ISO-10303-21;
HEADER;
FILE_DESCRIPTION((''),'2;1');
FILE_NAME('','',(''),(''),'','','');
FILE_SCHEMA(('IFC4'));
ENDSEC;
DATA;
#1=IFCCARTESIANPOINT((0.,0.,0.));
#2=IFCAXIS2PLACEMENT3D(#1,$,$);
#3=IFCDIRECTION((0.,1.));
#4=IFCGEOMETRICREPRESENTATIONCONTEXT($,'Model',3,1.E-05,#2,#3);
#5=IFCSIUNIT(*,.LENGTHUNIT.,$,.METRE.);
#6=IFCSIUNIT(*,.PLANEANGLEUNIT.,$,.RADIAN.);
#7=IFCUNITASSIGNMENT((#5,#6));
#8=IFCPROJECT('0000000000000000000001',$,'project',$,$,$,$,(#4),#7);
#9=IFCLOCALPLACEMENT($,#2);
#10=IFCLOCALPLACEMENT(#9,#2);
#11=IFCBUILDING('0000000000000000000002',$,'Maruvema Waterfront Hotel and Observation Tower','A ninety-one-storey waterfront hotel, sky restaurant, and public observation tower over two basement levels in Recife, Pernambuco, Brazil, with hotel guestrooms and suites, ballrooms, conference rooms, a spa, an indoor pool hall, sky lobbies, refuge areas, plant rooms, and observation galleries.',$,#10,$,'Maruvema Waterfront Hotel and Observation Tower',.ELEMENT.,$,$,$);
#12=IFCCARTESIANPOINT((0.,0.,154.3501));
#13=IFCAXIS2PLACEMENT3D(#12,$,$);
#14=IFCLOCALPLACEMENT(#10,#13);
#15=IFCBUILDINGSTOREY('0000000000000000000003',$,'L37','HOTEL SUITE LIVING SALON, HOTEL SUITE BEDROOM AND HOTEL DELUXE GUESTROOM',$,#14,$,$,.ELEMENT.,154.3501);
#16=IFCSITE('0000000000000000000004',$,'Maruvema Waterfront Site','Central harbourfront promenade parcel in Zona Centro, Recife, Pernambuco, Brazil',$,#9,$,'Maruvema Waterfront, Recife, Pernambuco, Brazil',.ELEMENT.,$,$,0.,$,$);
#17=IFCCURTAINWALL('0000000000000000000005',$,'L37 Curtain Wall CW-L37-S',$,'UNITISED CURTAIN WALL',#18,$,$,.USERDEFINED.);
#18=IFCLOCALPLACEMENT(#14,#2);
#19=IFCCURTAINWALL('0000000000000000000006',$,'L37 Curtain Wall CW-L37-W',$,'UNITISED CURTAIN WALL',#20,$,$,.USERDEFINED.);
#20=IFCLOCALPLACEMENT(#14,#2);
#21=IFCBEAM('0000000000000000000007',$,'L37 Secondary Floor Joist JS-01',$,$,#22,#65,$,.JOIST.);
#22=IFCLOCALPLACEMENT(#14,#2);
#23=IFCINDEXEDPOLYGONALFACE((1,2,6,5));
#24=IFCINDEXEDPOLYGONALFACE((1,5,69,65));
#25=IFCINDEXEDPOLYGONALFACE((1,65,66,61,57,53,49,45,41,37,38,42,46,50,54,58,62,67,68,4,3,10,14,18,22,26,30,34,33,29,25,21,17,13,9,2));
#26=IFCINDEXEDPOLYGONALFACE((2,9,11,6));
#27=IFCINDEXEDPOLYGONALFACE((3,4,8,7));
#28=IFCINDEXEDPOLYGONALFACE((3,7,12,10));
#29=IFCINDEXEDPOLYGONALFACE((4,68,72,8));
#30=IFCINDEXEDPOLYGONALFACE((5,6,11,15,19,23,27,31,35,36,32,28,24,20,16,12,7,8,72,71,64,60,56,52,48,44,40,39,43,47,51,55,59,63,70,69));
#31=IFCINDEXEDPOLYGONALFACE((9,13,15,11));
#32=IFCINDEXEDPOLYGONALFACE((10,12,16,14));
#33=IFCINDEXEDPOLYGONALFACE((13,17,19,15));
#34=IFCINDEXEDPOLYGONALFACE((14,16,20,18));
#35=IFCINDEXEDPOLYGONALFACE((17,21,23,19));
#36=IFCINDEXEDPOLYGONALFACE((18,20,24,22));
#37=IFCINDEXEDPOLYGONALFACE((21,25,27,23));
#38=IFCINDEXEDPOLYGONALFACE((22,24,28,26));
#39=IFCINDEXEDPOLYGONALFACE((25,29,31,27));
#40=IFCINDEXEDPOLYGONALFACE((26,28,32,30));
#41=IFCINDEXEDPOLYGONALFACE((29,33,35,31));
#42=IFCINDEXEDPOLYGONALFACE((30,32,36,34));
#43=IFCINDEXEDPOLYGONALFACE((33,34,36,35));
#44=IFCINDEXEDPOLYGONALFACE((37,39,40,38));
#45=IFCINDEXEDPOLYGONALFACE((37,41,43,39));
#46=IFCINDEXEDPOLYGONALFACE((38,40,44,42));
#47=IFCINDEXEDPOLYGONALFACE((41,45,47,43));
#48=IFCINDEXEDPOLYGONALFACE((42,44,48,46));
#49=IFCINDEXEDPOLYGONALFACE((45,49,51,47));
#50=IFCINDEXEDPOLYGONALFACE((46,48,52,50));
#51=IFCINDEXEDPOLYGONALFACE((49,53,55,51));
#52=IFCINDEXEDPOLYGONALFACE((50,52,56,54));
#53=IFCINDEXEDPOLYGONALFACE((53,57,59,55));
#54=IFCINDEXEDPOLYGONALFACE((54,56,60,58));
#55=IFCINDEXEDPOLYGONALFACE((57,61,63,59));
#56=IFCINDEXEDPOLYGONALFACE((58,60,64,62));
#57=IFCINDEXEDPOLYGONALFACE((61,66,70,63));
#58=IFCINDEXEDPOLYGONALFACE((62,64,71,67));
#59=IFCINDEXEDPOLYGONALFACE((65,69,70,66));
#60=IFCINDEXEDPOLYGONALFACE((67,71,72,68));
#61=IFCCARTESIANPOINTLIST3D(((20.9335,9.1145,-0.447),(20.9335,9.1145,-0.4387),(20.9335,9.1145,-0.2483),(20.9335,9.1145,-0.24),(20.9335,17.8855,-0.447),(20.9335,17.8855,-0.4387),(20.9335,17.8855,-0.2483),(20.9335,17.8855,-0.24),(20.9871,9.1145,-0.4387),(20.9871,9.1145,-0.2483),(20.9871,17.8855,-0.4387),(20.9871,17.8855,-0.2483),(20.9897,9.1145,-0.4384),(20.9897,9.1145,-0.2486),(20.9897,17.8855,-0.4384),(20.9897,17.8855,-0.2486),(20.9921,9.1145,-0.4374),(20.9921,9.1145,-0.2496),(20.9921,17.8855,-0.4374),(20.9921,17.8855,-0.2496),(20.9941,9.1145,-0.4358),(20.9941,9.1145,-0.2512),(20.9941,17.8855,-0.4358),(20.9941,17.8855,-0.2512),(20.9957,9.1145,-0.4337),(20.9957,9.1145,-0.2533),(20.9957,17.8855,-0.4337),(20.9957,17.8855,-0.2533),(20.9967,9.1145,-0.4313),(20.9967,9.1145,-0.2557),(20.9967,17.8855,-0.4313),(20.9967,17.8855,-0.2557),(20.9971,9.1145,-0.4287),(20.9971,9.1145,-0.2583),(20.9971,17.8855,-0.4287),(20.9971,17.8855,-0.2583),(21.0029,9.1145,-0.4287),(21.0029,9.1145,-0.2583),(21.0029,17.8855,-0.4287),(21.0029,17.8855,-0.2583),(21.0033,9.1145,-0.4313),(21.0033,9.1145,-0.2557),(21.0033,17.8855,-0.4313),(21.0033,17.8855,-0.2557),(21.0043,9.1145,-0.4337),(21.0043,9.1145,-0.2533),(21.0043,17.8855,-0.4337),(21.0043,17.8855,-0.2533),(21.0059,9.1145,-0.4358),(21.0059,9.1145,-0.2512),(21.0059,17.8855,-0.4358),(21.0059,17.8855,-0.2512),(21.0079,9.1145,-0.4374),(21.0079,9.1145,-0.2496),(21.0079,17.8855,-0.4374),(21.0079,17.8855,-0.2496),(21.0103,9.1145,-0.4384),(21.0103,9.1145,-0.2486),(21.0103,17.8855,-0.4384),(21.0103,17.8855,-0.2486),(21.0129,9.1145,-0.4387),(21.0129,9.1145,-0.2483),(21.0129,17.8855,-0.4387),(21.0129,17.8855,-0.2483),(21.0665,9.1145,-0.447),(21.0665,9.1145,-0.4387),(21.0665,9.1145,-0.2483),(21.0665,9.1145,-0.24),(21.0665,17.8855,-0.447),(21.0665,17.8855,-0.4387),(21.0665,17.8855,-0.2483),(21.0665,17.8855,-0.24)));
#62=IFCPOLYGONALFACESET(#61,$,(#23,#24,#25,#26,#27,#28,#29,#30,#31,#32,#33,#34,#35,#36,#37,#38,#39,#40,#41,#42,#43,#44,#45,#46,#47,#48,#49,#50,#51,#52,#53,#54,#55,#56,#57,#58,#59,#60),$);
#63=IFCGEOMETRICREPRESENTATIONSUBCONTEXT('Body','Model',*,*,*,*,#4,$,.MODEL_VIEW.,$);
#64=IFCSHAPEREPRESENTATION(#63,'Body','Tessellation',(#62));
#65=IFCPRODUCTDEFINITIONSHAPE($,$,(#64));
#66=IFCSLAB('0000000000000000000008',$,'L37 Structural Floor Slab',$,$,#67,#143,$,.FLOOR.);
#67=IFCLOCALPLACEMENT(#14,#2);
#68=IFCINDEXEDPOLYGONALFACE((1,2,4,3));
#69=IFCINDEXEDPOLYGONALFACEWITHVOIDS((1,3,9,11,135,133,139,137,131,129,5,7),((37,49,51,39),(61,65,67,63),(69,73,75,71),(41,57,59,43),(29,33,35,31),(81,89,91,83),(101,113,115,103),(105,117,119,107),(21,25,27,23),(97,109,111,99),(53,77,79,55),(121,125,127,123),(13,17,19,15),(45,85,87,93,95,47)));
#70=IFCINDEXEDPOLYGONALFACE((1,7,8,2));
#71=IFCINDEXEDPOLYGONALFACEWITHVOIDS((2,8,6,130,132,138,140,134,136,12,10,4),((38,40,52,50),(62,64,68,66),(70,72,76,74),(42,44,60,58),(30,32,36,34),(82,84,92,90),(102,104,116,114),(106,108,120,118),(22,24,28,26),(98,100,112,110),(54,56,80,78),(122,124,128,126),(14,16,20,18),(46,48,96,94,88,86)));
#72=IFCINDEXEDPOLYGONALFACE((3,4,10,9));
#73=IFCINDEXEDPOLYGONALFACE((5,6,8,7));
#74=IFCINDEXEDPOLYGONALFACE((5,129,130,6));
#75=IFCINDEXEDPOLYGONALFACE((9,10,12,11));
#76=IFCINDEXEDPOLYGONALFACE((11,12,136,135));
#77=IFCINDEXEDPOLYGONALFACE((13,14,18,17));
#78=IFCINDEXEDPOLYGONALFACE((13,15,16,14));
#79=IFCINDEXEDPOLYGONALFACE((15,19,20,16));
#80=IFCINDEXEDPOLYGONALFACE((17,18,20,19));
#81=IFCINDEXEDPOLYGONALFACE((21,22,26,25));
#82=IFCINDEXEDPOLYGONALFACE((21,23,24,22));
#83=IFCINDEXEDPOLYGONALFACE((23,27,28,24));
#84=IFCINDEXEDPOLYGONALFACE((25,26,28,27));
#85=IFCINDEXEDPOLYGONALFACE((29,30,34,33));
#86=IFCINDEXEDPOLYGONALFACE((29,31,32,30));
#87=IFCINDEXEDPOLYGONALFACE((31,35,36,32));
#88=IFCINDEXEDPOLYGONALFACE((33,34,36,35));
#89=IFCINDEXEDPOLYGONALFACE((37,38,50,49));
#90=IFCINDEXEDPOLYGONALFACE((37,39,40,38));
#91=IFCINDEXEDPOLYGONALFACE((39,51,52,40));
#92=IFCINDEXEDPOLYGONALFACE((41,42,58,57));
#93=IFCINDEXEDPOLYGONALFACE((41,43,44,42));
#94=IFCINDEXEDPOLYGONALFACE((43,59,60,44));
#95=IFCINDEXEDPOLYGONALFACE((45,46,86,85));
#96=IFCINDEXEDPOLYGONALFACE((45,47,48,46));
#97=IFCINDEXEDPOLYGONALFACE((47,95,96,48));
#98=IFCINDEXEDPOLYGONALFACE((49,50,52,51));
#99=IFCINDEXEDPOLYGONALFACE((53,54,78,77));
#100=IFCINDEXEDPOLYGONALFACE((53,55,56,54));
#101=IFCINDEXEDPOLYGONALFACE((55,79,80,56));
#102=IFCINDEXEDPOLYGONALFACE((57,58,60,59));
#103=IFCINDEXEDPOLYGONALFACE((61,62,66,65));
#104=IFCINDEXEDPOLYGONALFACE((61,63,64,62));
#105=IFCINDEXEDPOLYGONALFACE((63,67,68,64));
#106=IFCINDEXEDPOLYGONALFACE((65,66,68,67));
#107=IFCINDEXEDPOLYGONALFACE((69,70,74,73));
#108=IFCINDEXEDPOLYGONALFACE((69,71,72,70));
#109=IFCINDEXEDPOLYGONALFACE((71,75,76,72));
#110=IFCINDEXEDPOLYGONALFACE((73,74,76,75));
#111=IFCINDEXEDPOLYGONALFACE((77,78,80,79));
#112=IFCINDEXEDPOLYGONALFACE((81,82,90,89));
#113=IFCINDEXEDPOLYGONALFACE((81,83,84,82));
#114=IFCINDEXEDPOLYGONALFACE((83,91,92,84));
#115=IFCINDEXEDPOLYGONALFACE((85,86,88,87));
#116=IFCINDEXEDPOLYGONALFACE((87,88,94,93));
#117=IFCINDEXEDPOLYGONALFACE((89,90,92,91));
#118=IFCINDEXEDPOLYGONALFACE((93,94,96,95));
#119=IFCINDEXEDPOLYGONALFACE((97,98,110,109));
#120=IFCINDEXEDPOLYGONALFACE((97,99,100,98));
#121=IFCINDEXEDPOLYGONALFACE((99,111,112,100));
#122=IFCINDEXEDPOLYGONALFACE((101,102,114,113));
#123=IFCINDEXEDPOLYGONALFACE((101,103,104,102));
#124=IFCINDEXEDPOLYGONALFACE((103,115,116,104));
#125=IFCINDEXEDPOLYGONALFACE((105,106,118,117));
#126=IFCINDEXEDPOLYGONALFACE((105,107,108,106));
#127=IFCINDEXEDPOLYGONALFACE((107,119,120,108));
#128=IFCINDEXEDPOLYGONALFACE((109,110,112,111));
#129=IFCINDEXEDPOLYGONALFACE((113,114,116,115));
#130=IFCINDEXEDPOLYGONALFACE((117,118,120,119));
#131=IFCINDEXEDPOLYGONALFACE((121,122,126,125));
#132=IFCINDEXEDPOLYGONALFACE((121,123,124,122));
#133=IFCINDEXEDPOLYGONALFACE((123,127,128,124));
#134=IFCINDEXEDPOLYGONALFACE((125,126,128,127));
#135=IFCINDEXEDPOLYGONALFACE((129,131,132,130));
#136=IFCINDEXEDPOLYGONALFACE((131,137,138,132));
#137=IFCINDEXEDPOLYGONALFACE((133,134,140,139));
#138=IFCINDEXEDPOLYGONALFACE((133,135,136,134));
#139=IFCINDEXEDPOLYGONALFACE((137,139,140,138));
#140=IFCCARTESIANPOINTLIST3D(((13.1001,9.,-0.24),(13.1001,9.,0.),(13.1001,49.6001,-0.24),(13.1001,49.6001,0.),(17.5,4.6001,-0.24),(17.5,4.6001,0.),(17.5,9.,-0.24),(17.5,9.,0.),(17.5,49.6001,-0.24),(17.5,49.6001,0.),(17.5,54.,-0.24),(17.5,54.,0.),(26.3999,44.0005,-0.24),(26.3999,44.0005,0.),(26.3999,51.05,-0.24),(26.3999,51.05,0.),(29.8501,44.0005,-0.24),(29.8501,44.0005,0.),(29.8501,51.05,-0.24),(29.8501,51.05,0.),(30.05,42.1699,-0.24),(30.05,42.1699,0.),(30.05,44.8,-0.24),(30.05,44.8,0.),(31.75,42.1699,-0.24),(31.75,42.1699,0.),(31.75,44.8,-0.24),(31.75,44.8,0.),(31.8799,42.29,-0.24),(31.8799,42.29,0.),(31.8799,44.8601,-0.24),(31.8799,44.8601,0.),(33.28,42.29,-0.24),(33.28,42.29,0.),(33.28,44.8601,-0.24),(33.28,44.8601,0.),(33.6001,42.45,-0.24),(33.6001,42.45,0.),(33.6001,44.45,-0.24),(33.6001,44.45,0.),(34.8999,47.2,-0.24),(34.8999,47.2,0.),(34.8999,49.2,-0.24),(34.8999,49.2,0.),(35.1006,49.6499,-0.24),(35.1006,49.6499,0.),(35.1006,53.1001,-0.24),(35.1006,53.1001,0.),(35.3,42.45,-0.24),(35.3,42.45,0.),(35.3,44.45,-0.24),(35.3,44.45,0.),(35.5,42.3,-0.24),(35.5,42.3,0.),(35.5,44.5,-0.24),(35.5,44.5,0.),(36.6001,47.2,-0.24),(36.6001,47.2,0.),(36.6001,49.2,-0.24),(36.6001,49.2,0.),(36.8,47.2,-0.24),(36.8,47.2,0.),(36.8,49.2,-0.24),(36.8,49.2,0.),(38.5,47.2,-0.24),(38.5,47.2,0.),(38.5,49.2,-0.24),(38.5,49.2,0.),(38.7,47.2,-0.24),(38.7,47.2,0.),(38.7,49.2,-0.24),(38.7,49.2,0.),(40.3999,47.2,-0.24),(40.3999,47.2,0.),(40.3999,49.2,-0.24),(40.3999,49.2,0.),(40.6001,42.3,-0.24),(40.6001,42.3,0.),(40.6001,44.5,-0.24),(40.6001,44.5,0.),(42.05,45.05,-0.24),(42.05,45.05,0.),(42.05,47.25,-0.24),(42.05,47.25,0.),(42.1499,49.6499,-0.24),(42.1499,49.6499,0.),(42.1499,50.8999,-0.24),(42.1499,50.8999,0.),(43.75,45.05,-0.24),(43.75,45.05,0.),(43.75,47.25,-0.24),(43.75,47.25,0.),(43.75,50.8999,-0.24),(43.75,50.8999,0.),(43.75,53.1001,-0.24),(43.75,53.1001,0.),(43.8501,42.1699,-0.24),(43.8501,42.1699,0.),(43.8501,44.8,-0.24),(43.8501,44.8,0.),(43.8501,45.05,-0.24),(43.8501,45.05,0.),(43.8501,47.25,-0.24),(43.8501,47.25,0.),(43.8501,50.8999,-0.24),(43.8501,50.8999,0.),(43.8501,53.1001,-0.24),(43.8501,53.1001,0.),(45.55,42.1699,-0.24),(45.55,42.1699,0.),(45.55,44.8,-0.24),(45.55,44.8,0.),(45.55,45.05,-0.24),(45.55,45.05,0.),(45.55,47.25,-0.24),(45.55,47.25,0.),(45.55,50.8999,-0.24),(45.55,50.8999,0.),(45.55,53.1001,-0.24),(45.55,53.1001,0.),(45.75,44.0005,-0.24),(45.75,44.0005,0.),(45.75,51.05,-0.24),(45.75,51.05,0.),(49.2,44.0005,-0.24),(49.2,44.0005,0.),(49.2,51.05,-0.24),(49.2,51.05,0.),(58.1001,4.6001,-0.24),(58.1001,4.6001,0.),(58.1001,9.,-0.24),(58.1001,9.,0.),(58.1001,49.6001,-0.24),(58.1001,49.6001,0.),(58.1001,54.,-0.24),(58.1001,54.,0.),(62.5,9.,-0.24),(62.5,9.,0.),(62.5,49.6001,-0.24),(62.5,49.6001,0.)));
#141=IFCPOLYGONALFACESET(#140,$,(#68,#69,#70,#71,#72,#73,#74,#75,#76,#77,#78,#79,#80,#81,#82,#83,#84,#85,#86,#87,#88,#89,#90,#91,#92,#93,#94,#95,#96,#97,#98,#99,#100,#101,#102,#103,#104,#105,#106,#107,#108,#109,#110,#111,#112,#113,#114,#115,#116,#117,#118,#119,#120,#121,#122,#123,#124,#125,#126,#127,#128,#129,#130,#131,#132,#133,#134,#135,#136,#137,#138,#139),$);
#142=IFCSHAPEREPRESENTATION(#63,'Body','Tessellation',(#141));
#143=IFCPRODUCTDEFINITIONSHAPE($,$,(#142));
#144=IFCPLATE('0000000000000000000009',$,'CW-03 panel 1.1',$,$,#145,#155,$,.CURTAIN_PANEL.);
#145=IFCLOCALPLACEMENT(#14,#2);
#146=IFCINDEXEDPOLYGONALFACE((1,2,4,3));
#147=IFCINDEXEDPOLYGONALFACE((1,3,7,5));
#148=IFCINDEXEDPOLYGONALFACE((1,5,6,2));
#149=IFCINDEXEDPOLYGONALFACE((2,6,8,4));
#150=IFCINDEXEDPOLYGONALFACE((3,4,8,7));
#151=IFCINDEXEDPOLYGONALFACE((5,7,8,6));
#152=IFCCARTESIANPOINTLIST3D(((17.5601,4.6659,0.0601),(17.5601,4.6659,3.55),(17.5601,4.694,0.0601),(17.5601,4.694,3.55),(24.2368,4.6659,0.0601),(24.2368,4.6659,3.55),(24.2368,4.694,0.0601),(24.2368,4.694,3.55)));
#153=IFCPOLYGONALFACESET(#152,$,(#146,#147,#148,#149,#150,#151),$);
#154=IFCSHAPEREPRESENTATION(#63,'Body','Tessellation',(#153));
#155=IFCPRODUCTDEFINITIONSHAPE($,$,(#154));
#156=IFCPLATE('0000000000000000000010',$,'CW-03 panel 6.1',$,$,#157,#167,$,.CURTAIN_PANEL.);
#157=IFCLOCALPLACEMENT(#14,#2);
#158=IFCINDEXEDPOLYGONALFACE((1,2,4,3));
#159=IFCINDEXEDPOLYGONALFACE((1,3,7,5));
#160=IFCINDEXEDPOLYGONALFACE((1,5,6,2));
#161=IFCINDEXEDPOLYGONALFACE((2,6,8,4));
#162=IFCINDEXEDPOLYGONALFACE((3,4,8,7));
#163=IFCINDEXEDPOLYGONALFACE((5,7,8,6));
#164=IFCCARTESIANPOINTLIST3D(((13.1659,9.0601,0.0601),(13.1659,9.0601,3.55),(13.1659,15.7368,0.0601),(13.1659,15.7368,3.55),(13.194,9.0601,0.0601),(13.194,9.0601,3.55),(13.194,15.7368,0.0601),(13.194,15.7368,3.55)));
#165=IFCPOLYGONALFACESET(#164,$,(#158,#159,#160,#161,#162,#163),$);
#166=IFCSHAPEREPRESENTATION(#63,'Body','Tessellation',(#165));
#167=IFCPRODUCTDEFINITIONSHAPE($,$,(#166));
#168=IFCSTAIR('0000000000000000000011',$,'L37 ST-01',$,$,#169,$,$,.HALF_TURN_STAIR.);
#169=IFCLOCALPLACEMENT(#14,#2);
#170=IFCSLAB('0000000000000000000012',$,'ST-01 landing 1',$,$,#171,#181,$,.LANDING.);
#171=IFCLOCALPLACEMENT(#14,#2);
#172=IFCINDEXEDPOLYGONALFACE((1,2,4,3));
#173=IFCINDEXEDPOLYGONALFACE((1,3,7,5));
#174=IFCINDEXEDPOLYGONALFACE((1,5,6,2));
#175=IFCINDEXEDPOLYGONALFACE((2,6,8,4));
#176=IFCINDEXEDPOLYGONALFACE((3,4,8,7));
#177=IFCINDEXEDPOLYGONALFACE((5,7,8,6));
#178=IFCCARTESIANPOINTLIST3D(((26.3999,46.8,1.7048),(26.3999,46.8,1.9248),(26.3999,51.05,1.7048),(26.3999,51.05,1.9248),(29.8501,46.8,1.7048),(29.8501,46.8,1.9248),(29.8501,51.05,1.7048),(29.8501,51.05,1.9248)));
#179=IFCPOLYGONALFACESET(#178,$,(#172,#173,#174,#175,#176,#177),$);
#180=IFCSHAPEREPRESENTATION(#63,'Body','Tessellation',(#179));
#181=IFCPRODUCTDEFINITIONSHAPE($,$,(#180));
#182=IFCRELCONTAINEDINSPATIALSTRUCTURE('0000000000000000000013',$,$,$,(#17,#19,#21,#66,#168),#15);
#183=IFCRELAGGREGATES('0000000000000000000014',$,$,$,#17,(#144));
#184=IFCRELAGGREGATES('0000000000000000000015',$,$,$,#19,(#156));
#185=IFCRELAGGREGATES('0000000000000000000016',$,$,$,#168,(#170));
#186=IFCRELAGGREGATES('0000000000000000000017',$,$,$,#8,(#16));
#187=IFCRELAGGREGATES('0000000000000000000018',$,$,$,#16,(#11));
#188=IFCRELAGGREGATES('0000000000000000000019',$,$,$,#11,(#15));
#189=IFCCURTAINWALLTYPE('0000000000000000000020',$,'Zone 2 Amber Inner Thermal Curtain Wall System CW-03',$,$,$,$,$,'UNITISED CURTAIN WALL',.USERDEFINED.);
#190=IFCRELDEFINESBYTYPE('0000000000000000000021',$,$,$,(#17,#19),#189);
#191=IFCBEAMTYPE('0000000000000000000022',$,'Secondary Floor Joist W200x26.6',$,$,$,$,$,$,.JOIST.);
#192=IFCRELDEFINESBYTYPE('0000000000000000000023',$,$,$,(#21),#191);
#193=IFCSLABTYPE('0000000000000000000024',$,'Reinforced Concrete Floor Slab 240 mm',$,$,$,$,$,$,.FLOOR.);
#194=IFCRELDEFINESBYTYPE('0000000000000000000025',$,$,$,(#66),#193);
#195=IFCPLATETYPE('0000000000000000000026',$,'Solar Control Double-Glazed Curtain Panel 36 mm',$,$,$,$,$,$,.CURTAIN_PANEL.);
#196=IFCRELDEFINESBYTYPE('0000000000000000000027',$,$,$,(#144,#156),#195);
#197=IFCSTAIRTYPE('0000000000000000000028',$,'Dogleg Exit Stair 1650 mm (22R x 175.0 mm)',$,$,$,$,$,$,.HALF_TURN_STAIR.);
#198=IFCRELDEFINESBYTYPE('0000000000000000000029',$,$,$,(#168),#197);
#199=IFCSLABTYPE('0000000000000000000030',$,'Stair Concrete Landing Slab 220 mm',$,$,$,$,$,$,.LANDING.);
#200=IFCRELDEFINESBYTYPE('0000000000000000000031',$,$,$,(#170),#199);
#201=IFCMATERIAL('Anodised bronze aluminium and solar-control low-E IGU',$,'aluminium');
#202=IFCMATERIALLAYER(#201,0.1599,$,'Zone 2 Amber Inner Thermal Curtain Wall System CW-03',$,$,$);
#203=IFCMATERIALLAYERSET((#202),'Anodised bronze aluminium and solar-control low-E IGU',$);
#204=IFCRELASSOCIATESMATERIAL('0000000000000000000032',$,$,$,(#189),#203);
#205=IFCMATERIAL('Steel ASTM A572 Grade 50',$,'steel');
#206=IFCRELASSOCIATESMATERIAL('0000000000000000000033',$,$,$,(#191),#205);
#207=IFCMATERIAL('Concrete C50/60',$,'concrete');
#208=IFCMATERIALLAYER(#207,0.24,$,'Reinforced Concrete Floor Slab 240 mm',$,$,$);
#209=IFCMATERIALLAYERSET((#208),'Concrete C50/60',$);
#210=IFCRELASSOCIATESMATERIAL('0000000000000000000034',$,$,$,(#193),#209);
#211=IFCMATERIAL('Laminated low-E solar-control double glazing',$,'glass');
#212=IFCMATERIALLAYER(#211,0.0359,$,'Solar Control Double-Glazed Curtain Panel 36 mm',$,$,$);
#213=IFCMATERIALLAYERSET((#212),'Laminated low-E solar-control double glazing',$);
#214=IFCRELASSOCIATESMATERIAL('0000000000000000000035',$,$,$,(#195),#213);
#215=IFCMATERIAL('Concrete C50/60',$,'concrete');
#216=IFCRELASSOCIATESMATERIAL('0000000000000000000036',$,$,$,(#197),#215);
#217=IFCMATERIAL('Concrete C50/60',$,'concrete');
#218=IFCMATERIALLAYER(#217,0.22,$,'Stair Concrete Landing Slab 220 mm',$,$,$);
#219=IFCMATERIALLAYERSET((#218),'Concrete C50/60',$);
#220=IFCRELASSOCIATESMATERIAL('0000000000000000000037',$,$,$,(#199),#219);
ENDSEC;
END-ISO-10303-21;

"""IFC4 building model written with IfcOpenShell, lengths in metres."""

from ifc_helpers import new_model, si_unit, direction, frame, origin, origin_2d, place, context, subcontext, project, spatial, polyline, rectangle, i_section, outline, extrude, material, layer, layer_set, material_profile, profile_set, type_object, element, aggregate, save


model = new_model("IFC4")

# Units and contexts
model_context = context("Model", 3, precision=1e-05, world=origin(), true_north=direction((0.0, 1.0)))
body_context = subcontext(model_context, "Body", "Model", "MODEL_VIEW")
ifc_project = project(units=[si_unit("LENGTHUNIT", "METRE"), si_unit("PLANEANGLEUNIT", "RADIAN")], contexts=[model_context])

# Site, building, storey
site_placement = place(None, origin())
site = spatial("IfcSite", under=ifc_project, at=site_placement, Name="Maruvema Waterfront Site", Description="Central harbourfront promenade parcel in Zona Centro, Recife, Pernambuco, Brazil", LongName="Maruvema Waterfront, Recife, Pernambuco, Brazil", CompositionType="ELEMENT", RefElevation=0.0)
building_placement = place(site_placement, origin())
building = spatial("IfcBuilding", under=site, at=building_placement, Name="Maruvema Waterfront Hotel and Observation Tower", Description="A ninety-one-storey waterfront hotel, sky restaurant, and public observation tower over two basement levels in Recife, Pernambuco, Brazil, with hotel guestrooms and suites, ballrooms, conference rooms, a spa, an indoor pool hall, sky lobbies, refuge areas, plant rooms, and observation galleries.", LongName="Maruvema Waterfront Hotel and Observation Tower", CompositionType="ELEMENT")
storey_placement = place(building_placement, frame((0.0, 0.0, 154.3501)))
storey = spatial("IfcBuildingStorey", under=building, at=storey_placement, Name="L37", Description="HOTEL SUITE LIVING SALON, HOTEL SUITE BEDROOM AND HOTEL DELUXE GUESTROOM", CompositionType="ELEMENT", Elevation=154.3501)

# Curtain walls
ifc_material_1 = material(Name="Anodised bronze aluminium and solar-control low-E IGU", Category="aluminium")
ifc_layer_1 = layer(ifc_material_1, 0.1599, Name="Zone 2 Amber Inner Thermal Curtain Wall System CW-03")
ifc_layer_set_1 = layer_set([ifc_layer_1], Name="Anodised bronze aluminium and solar-control low-E IGU")
curtain_wall_type = type_object("IfcCurtainWallType", Name="Zone 2 Amber Inner Thermal Curtain Wall System CW-03", ElementType="UNITISED CURTAIN WALL", PredefinedType="USERDEFINED", material=ifc_layer_set_1)
curtain_wall_1_placement = place(storey_placement, origin())
curtain_wall_1 = element("IfcCurtainWall", 1, at=curtain_wall_1_placement, inside=storey, type_object=curtain_wall_type, Name="L37 Curtain Wall CW-L37-S", ObjectType="UNITISED CURTAIN WALL", PredefinedType="USERDEFINED")
curtain_wall_2_placement = place(storey_placement, origin())
curtain_wall_2 = element("IfcCurtainWall", 2, at=curtain_wall_2_placement, inside=storey, type_object=curtain_wall_type, Name="L37 Curtain Wall CW-L37-W", ObjectType="UNITISED CURTAIN WALL", PredefinedType="USERDEFINED")

# Beam
ifc_material_2 = material(Name="Steel ASTM A572 Grade 50", Category="steel")
ifc_material_profile_1 = material_profile(ifc_material_2, i_section(OverallWidth=0.1331, OverallDepth=0.207, WebThickness=0.0059, FlangeThickness=0.0083, FilletRadius=0.01, at=origin_2d()), Name="W200x26.6")
ifc_profile_set_1 = profile_set([ifc_material_profile_1], Name="Steel ASTM A572 Grade 50")
beam_type_1 = type_object("IfcBeamType", Name="Secondary Floor Joist W200x26.6", PredefinedType="JOIST", material=ifc_profile_set_1)
beam_1_placement = place(storey_placement, frame((21.0, 9.1145, -0.3435), z_axis=(0.0, 1.0, 0.0), x_axis=(-1.0, 0.0, 0.0)))
element("IfcBeam", 3, at=beam_1_placement, inside=storey, type_object=beam_type_1, Name="L37 Secondary Floor Joist JS-01", PredefinedType="JOIST", context=body_context, shape_type="SweptSolid", body=[
    extrude(i_section(OverallWidth=0.1331, OverallDepth=0.207, WebThickness=0.0059, FlangeThickness=0.0083, FilletRadius=0.01, at=origin_2d()), origin(), (0.0, 0.0, 1.0), 8.771),
])

# Slab
ifc_material_3 = material(Name="Concrete C50/60", Category="concrete")
ifc_layer_2 = layer(ifc_material_3, 0.24, Name="Reinforced Concrete Floor Slab 240 mm")
ifc_layer_set_2 = layer_set([ifc_layer_2], Name="Concrete C50/60")
slab_type_1 = type_object("IfcSlabType", Name="Reinforced Concrete Floor Slab 240 mm", PredefinedType="FLOOR", material=ifc_layer_set_2)
slab_1_placement = place(storey_placement, frame((0.0, 0.0, -0.24)))
element("IfcSlab", 4, at=slab_1_placement, inside=storey, type_object=slab_type_1, Name="L37 Structural Floor Slab", PredefinedType="FLOOR", context=body_context, shape_type="SweptSolid", body=[
    extrude(outline(polyline([(17.5, 4.6001), (58.1001, 4.6001), (58.1001, 9.0), (62.5, 9.0), (62.5, 49.6001), (58.1001, 49.6001), (58.1001, 54.0), (17.5, 54.0), (17.5, 49.6001), (13.1001, 49.6001), (13.1001, 9.0), (17.5, 9.0), (17.5, 4.6001)]), holes=[polyline([(26.3999, 44.0005), (26.3999, 51.05), (29.8501, 51.05), (29.8501, 44.0005), (26.3999, 44.0005)]), polyline([(30.05, 44.8), (31.75, 44.8), (31.75, 42.1699), (30.05, 42.1699), (30.05, 44.8)]), polyline([(31.8799, 44.8601), (33.28, 44.8601), (33.28, 42.29), (31.8799, 42.29), (31.8799, 44.8601)]), polyline([(33.6001, 44.45), (35.3, 44.45), (35.3, 42.45), (33.6001, 42.45), (33.6001, 44.45)]), polyline([(34.8999, 49.2), (36.6001, 49.2), (36.6001, 47.2), (34.8999, 47.2), (34.8999, 49.2)]), polyline([(36.8, 49.2), (38.5, 49.2), (38.5, 47.2), (36.8, 47.2), (36.8, 49.2)]), polyline([(35.5, 42.3), (35.5, 44.5), (40.6001, 44.5), (40.6001, 42.3), (35.5, 42.3)]), polyline([(35.1006, 53.1001), (43.75, 53.1001), (43.75, 50.8999), (42.1499, 50.8999), (42.1499, 49.6499), (35.1006, 49.6499), (35.1006, 53.1001)]), polyline([(38.7, 49.2), (40.3999, 49.2), (40.3999, 47.2), (38.7, 47.2), (38.7, 49.2)]), polyline([(42.05, 47.25), (43.75, 47.25), (43.75, 45.05), (42.05, 45.05), (42.05, 47.25)]), polyline([(43.8501, 44.8), (45.55, 44.8), (45.55, 42.1699), (43.8501, 42.1699), (43.8501, 44.8)]), polyline([(43.8501, 47.25), (45.55, 47.25), (45.55, 45.05), (43.8501, 45.05), (43.8501, 47.25)]), polyline([(45.55, 53.1001), (45.55, 50.8999), (43.8501, 50.8999), (43.8501, 53.1001), (45.55, 53.1001)]), polyline([(45.75, 44.0005), (45.75, 51.05), (49.2, 51.05), (49.2, 44.0005), (45.75, 44.0005)])]), origin(), (0.0, 0.0, 1.0), 0.24),
])

# Plates
ifc_material_4 = material(Name="Laminated low-E solar-control double glazing", Category="glass")
ifc_layer_3 = layer(ifc_material_4, 0.0359, Name="Solar Control Double-Glazed Curtain Panel 36 mm")
ifc_layer_set_3 = layer_set([ifc_layer_3], Name="Laminated low-E solar-control double glazing")
plate_type = type_object("IfcPlateType", Name="Solar Control Double-Glazed Curtain Panel 36 mm", PredefinedType="CURTAIN_PANEL", material=ifc_layer_set_3)
plate_1_placement = place(storey_placement, frame((20.8984, 4.6799, 0.0601), z_axis=(0.0, 0.0, 1.0), x_axis=(1.0, 0.0, 0.0)))
plate_1 = element("IfcPlate", 5, at=plate_1_placement, type_object=plate_type, Name="CW-03 panel 1.1", PredefinedType="CURTAIN_PANEL", context=body_context, shape_type="SweptSolid", body=[
    extrude(rectangle(XDim=6.6768, YDim=0.0281, at=origin_2d()), origin(), (0.0, 0.0, 1.0), 3.49),
])
aggregate(curtain_wall_1, [plate_1])
plate_2_placement = place(storey_placement, frame((13.1799, 12.3984, 0.0601), z_axis=(0.0, 0.0, 1.0), x_axis=(0.0, -1.0, 0.0)))
plate_2 = element("IfcPlate", 6, at=plate_2_placement, type_object=plate_type, Name="CW-03 panel 6.1", PredefinedType="CURTAIN_PANEL", context=body_context, shape_type="SweptSolid", body=[
    extrude(rectangle(XDim=6.6768, YDim=0.0281, at=origin_2d()), origin(), (0.0, 0.0, 1.0), 3.49),
])
aggregate(curtain_wall_2, [plate_2])

# Stair, slab
ifc_material_5 = material(Name="Concrete C50/60", Category="concrete")
stair_type = type_object("IfcStairType", Name="Dogleg Exit Stair 1650 mm (22R x 175.0 mm)", PredefinedType="HALF_TURN_STAIR", material=ifc_material_5)
stair_1_placement = place(storey_placement, origin())
stair_1 = element("IfcStair", 7, at=stair_1_placement, inside=storey, type_object=stair_type, Name="L37 ST-01", PredefinedType="HALF_TURN_STAIR")
ifc_material_6 = material(Name="Concrete C50/60", Category="concrete")
ifc_layer_4 = layer(ifc_material_6, 0.22, Name="Stair Concrete Landing Slab 220 mm")
ifc_layer_set_4 = layer_set([ifc_layer_4], Name="Concrete C50/60")
slab_type_2 = type_object("IfcSlabType", Name="Stair Concrete Landing Slab 220 mm", PredefinedType="LANDING", material=ifc_layer_set_4)
slab_2_placement = place(storey_placement, frame((0.0, 0.0, 1.7048)))
slab_2 = element("IfcSlab", 8, at=slab_2_placement, type_object=slab_type_2, Name="ST-01 landing 1", PredefinedType="LANDING", context=body_context, shape_type="SweptSolid", body=[
    extrude(outline(polyline([(29.8501, 46.8), (29.8501, 51.05), (26.3999, 51.05), (26.3999, 46.8), (29.8501, 46.8)])), origin(), (0.0, 0.0, 1.0), 0.22),
])
aggregate(stair_1, [slab_2])

save(model, "model.ifc")
